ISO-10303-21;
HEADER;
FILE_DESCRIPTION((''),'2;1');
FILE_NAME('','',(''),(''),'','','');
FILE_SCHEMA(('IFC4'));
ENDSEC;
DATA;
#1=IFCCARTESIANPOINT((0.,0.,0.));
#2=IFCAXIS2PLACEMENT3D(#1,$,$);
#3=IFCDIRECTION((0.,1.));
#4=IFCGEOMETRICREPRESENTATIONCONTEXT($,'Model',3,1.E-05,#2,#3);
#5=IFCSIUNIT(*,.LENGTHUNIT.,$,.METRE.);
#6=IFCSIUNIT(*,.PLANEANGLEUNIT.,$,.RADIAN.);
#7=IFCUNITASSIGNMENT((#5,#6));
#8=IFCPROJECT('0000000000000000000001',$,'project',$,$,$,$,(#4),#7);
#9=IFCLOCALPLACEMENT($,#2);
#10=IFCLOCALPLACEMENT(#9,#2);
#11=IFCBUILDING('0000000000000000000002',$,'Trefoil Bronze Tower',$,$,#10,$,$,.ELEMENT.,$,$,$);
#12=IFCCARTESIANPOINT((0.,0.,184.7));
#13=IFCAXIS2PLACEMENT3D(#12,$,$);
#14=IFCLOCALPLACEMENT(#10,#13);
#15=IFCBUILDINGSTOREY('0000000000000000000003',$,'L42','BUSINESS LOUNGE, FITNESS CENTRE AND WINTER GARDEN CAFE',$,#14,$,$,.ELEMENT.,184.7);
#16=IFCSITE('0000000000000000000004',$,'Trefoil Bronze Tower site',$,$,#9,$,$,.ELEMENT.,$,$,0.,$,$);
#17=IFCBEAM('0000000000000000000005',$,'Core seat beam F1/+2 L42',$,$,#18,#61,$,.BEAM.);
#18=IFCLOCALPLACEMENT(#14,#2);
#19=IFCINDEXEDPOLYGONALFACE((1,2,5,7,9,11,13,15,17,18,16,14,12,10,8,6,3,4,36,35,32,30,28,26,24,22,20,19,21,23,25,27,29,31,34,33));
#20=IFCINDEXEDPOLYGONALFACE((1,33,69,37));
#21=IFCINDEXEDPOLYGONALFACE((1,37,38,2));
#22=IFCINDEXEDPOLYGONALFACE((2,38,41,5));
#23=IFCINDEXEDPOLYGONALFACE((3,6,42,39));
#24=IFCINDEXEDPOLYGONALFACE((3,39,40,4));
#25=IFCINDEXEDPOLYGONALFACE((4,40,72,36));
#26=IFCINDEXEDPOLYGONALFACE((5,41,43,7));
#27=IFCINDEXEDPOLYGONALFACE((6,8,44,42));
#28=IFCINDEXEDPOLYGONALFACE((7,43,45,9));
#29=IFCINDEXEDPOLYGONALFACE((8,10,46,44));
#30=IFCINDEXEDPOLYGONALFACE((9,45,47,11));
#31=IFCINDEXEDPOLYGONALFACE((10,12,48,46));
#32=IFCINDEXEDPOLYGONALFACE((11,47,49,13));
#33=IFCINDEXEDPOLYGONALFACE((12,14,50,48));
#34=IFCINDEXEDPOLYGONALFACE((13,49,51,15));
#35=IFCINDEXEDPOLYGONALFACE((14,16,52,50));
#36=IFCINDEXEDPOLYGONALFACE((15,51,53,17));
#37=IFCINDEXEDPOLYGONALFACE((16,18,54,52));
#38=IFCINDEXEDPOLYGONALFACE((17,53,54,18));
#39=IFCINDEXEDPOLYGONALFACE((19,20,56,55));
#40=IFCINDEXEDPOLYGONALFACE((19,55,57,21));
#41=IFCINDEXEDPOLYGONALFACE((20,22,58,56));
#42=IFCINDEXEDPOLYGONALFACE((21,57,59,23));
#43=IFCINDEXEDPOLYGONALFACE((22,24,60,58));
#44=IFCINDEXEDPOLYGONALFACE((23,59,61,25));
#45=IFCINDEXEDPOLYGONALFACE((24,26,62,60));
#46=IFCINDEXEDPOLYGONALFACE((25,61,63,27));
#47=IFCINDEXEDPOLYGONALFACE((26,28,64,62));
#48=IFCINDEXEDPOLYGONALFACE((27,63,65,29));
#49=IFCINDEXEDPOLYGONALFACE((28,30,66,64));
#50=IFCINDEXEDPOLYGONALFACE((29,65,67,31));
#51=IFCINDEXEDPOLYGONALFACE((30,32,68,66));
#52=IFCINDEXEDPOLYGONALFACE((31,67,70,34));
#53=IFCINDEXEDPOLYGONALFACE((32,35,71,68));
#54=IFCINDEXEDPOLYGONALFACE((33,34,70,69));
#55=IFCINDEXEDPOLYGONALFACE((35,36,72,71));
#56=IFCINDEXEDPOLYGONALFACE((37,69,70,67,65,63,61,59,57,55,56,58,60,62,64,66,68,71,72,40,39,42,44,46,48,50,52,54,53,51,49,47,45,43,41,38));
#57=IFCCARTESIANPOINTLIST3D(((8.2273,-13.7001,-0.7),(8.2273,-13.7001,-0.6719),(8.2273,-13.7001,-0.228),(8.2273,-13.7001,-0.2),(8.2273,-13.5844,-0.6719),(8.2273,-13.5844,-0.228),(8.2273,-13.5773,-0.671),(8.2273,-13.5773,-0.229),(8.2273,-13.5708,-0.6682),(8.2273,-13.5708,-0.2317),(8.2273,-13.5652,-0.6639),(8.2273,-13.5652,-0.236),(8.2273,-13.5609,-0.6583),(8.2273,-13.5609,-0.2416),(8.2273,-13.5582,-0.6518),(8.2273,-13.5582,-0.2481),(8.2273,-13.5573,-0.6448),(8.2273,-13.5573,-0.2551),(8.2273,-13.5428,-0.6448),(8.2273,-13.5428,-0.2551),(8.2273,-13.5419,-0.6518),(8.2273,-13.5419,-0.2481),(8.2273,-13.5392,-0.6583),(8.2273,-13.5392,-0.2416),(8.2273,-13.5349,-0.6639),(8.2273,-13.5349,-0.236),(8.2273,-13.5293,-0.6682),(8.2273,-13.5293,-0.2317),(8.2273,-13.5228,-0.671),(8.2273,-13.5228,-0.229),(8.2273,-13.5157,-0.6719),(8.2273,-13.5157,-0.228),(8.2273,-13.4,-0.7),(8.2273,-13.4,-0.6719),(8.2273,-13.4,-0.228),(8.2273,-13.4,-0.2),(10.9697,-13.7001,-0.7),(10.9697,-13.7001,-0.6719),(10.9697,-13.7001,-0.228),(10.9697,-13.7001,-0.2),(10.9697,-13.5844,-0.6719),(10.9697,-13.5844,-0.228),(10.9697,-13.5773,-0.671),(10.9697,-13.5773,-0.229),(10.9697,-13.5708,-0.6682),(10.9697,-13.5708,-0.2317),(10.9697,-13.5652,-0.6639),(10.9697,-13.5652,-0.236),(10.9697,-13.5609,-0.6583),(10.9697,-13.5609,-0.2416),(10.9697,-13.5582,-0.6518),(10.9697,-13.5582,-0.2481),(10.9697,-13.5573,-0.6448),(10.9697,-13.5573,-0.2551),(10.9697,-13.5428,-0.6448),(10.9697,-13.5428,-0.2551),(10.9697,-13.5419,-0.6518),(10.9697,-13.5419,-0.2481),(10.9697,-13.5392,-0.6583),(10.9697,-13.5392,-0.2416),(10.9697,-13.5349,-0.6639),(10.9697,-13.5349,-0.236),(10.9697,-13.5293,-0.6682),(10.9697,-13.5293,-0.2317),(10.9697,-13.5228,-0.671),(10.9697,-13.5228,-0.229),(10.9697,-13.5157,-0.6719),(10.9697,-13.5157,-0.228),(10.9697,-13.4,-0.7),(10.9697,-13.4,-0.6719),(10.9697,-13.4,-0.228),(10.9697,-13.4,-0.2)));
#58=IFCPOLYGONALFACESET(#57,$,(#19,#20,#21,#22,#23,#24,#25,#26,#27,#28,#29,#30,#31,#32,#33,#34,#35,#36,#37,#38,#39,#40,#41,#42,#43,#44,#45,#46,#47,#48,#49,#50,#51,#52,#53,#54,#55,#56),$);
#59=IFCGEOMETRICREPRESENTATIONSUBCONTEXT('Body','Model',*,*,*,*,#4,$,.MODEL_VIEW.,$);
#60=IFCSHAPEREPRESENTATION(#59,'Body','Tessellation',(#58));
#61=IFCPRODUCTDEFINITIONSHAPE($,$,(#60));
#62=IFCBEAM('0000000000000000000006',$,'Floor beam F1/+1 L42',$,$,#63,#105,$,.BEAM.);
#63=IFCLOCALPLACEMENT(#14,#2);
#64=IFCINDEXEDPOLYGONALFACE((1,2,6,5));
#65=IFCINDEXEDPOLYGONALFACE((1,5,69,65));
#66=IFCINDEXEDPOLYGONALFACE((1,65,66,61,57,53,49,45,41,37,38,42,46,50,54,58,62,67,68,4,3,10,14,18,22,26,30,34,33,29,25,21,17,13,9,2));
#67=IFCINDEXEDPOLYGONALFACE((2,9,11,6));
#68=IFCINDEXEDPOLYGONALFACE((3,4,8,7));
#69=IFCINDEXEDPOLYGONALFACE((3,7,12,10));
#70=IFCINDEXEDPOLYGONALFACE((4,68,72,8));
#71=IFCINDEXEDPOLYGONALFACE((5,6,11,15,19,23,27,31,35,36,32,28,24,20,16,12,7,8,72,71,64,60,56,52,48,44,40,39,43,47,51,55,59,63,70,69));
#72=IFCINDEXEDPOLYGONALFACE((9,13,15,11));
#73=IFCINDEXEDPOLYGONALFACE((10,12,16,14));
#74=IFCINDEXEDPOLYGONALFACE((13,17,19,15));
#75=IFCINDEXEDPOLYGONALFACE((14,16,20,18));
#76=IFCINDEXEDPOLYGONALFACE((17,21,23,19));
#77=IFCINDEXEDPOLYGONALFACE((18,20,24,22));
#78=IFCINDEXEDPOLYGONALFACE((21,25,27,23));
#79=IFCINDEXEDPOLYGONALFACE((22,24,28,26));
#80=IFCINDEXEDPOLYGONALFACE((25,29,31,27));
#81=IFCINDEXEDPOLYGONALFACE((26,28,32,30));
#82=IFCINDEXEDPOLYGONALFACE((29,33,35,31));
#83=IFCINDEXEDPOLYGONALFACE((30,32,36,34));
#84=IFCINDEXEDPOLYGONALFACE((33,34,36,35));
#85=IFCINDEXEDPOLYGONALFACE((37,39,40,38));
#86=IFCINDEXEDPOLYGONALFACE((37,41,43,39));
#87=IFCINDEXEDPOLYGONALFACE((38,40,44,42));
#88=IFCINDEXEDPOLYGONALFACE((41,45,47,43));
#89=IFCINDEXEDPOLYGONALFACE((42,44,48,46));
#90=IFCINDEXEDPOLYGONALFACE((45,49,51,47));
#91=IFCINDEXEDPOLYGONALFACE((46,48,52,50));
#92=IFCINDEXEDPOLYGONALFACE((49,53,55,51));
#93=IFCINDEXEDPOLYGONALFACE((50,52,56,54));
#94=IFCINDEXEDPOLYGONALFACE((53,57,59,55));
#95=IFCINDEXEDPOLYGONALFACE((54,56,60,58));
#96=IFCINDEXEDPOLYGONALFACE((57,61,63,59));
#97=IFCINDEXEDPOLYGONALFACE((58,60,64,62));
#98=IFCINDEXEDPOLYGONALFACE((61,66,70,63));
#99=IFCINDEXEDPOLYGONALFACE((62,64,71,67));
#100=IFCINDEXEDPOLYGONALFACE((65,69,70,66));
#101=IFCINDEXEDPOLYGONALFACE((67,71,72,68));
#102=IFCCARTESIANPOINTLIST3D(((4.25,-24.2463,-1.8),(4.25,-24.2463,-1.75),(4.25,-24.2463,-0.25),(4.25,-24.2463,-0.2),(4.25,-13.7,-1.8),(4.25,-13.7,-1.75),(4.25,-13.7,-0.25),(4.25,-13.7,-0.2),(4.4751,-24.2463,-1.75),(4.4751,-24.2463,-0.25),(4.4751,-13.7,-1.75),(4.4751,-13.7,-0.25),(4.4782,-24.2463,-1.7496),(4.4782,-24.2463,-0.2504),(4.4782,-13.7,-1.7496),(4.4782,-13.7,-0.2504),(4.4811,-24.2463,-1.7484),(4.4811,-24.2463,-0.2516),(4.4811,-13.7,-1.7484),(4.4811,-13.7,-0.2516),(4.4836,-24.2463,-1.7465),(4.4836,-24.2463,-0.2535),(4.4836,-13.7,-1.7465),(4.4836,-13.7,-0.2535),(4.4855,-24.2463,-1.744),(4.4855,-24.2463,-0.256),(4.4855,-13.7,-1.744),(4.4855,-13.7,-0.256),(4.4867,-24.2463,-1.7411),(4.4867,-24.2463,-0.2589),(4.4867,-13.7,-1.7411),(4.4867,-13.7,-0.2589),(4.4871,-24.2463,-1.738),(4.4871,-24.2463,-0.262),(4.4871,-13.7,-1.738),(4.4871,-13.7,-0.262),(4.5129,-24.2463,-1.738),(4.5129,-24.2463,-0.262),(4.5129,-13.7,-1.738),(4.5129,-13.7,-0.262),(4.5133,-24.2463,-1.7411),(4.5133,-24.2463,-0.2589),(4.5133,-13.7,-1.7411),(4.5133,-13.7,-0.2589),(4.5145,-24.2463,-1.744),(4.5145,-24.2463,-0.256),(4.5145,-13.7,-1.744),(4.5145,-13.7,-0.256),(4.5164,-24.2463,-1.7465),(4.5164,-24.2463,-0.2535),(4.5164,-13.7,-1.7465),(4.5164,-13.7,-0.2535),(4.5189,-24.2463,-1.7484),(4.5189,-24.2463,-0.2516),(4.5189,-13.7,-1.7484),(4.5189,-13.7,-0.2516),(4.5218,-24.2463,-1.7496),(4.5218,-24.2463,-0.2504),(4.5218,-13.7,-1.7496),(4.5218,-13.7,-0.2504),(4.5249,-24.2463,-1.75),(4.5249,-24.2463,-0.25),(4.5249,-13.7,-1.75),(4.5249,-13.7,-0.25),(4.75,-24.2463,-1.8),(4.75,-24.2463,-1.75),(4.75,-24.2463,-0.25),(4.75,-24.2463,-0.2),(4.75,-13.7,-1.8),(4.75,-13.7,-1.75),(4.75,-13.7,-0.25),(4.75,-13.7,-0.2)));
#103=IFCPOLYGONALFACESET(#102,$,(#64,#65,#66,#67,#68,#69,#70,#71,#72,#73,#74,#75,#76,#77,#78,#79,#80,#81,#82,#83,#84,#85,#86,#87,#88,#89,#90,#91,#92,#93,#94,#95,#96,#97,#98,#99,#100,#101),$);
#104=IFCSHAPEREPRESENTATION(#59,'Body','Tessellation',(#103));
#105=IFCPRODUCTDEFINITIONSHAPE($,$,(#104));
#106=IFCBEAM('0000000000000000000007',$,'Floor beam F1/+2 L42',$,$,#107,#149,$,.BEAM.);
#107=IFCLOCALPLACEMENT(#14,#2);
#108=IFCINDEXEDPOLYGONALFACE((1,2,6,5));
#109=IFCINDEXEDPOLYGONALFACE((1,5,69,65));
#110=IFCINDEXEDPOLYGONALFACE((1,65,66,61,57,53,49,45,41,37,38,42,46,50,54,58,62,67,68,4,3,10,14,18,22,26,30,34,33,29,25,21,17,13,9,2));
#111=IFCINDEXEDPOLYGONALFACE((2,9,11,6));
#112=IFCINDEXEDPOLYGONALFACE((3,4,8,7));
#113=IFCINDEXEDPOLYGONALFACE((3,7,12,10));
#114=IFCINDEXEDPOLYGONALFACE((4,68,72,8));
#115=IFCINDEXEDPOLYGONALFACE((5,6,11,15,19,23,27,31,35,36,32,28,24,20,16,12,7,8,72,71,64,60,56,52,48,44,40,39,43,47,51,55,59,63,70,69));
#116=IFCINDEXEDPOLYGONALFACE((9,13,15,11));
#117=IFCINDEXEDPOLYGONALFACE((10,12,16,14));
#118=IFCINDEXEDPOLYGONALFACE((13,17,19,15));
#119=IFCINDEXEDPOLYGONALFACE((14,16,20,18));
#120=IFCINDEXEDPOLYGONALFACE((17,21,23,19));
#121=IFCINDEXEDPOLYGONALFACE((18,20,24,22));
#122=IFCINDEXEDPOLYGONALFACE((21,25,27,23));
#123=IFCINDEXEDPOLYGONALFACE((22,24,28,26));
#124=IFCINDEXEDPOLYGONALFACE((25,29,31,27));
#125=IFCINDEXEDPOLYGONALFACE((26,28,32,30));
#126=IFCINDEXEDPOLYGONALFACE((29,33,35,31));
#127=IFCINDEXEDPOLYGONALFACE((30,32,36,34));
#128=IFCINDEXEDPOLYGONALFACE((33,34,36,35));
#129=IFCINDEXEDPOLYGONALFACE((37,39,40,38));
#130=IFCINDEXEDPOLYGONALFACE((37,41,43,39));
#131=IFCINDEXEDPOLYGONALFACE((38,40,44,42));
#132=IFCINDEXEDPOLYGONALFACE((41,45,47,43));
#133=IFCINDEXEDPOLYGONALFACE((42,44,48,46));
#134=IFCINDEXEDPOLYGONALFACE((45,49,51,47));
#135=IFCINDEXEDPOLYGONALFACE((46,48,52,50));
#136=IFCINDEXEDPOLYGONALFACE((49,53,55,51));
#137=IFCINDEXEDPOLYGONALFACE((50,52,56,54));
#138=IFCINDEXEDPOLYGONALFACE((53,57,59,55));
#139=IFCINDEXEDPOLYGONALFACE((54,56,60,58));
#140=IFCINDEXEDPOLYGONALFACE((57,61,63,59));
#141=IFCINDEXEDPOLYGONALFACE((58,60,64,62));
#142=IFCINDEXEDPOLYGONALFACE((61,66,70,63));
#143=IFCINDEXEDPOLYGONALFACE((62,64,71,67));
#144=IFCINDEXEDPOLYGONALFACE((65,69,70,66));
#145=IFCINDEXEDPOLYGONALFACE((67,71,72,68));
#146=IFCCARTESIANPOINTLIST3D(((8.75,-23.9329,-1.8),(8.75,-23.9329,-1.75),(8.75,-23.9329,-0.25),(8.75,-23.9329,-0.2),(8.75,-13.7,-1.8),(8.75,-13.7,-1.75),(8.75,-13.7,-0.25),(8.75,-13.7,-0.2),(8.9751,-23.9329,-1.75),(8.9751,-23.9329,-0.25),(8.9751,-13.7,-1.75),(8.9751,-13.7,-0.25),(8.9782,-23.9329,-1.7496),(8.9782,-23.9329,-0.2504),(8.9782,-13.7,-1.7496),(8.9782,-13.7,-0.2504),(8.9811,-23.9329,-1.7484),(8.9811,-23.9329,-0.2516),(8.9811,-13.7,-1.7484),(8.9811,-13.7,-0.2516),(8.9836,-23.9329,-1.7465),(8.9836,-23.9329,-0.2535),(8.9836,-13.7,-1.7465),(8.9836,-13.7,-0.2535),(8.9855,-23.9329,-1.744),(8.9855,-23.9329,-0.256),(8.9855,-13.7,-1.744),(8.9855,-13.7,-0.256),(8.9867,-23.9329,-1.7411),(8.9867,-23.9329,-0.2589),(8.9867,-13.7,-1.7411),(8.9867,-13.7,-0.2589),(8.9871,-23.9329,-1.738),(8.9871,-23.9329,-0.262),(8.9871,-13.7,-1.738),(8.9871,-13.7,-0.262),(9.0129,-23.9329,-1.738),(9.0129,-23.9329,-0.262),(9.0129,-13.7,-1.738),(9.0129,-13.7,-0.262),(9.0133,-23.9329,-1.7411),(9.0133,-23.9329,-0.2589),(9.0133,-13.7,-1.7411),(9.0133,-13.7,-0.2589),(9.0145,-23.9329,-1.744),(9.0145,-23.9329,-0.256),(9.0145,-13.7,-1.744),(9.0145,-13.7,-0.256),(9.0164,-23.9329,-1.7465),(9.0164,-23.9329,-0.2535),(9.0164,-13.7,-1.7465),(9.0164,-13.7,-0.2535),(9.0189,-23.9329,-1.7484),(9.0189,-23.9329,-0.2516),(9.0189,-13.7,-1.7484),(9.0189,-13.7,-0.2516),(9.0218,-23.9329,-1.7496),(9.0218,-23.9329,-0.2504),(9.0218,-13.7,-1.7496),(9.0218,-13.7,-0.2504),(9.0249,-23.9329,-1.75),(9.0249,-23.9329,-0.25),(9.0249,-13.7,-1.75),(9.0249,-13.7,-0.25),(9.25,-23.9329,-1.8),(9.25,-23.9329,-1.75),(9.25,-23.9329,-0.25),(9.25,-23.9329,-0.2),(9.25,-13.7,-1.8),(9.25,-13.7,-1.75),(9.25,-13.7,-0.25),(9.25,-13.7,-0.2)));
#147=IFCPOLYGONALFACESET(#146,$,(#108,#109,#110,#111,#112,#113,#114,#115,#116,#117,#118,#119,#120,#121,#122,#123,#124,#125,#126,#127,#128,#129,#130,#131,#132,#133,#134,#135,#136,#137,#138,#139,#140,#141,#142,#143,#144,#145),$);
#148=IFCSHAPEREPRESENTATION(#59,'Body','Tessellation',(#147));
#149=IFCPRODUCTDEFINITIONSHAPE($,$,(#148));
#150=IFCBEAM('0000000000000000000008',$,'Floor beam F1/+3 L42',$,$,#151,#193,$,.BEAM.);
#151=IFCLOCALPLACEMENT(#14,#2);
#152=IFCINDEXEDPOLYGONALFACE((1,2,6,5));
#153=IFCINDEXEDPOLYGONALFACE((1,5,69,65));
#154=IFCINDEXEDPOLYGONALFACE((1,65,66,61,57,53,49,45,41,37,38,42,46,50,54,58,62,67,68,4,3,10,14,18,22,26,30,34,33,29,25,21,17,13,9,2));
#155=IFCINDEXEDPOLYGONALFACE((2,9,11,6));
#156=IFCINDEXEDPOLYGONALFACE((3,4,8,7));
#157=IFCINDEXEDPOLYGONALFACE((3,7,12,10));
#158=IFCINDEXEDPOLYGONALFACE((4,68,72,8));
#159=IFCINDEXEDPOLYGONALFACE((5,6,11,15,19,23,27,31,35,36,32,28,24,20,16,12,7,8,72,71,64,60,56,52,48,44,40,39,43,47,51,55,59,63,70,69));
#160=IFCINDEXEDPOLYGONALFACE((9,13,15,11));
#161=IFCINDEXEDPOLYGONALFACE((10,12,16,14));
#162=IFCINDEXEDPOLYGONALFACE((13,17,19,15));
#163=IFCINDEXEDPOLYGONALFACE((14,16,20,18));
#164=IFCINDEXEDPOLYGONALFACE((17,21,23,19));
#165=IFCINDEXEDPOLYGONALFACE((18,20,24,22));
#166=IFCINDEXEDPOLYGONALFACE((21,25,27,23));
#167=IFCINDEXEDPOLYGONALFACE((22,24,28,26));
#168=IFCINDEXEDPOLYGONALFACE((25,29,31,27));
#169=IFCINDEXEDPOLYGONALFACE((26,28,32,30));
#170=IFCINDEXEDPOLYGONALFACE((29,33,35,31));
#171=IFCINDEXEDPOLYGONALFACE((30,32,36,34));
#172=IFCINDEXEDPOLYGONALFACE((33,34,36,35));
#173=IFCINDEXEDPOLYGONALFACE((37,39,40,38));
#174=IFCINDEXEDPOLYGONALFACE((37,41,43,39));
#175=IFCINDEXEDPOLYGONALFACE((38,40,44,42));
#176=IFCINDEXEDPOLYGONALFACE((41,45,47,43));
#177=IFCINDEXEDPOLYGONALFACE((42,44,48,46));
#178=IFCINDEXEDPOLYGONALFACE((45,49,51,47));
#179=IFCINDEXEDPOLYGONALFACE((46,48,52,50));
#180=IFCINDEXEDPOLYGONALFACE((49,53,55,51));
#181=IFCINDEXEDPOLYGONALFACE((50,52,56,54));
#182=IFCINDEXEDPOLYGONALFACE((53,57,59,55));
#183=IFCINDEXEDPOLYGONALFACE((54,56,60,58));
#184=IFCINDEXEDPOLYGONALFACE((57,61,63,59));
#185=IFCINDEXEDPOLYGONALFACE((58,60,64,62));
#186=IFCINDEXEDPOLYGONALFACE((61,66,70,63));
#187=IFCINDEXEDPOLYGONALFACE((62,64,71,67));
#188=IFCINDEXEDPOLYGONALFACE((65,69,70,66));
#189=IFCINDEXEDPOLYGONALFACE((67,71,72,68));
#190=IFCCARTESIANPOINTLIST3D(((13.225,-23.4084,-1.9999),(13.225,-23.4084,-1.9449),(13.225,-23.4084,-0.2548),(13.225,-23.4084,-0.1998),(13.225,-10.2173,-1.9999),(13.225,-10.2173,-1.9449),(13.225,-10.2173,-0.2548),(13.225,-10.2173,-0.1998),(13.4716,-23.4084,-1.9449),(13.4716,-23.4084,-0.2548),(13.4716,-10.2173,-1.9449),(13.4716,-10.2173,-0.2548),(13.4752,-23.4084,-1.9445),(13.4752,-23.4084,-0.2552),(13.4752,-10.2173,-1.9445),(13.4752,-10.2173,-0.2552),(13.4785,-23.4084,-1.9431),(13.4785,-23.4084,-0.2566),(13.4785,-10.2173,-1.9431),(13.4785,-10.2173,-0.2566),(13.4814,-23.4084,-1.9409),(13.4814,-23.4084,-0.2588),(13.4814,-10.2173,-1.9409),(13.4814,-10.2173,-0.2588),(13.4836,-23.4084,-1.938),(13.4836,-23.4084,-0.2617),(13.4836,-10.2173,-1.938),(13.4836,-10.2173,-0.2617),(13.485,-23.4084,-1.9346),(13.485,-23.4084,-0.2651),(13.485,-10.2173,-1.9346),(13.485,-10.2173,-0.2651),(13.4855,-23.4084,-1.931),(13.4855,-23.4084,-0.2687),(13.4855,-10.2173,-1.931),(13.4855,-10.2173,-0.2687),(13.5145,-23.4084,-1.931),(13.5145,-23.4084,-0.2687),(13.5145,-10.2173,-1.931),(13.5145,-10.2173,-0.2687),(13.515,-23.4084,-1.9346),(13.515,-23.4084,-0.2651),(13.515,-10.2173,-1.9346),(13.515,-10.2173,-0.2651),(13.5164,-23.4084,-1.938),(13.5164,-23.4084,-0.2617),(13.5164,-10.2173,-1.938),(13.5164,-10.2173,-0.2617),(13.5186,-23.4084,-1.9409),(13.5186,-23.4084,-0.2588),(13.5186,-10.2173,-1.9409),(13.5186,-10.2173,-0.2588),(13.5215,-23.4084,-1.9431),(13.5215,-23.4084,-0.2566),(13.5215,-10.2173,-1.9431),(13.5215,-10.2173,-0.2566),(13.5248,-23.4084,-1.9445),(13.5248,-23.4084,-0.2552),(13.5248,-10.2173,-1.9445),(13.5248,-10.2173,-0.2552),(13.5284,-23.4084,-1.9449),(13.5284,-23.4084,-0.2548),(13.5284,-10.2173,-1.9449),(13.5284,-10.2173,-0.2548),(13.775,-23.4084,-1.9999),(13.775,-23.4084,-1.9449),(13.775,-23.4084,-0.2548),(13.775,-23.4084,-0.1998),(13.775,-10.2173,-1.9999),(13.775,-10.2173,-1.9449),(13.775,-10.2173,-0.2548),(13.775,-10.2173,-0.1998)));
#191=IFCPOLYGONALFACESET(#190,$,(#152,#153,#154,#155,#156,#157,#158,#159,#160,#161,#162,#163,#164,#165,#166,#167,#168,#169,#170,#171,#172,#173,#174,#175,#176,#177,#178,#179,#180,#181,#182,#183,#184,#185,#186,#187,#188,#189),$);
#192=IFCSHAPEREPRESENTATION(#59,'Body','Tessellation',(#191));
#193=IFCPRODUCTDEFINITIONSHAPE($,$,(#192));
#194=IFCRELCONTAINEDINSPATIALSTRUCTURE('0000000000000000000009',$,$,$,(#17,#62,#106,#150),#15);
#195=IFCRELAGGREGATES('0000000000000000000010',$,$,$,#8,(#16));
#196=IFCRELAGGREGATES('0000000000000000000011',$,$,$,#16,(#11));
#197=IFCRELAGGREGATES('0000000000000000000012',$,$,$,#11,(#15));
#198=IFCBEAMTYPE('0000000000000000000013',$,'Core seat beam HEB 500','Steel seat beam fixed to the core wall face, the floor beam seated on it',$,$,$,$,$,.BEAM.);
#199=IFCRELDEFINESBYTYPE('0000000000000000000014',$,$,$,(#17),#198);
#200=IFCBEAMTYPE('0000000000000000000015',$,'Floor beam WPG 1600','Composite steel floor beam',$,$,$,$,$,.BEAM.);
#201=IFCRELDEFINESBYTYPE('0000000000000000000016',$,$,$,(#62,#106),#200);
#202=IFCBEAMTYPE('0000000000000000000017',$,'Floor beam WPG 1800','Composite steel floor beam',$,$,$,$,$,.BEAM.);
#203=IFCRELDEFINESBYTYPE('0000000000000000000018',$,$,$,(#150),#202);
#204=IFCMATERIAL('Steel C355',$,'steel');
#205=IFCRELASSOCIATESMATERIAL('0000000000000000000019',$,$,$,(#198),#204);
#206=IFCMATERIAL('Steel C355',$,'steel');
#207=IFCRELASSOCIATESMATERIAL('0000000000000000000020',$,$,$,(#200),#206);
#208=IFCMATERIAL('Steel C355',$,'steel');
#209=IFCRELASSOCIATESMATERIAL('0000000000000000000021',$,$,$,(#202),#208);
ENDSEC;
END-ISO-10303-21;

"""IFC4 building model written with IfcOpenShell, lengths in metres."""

from ifc_helpers import new_model, si_unit, direction, frame, origin, origin_2d, place, context, subcontext, project, spatial, i_section, extrude, material, material_profile, profile_set, type_object, element, save


model = new_model("IFC4")

# Units and contexts
model_context = context("Model", 3, precision=1e-05, world=origin(), true_north=direction((0.0, 1.0)))
body_context = subcontext(model_context, "Body", "Model", "MODEL_VIEW")
ifc_project = project(units=[si_unit("LENGTHUNIT", "METRE"), si_unit("PLANEANGLEUNIT", "RADIAN")], contexts=[model_context])

# Site, building, storey
site_placement = place(None, origin())
site = spatial("IfcSite", under=ifc_project, at=site_placement, Name="Trefoil Bronze Tower site", CompositionType="ELEMENT", RefElevation=0.0)
building_placement = place(site_placement, origin())
building = spatial("IfcBuilding", under=site, at=building_placement, Name="Trefoil Bronze Tower", CompositionType="ELEMENT")
storey_placement = place(building_placement, frame((0.0, 0.0, 184.7)))
storey = spatial("IfcBuildingStorey", under=building, at=storey_placement, Name="L42", Description="BUSINESS LOUNGE, FITNESS CENTRE AND WINTER GARDEN CAFE", CompositionType="ELEMENT", Elevation=184.7)

# Beams
ifc_material_1 = material(Name="Steel C355", Category="steel")
ifc_material_profile_1 = material_profile(ifc_material_1, i_section(OverallWidth=0.3, OverallDepth=0.5, WebThickness=0.0144, FlangeThickness=0.0281, FilletRadius=0.0271, at=origin_2d()), Name="HEB 500")
ifc_profile_set_1 = profile_set([ifc_material_profile_1], Name="Steel C355")
beam_type_1 = type_object("IfcBeamType", Name="Core seat beam HEB 500", Description="Steel seat beam fixed to the core wall face, the floor beam seated on it", PredefinedType="BEAM", material=ifc_profile_set_1)
for number, where, z_axis, x_axis, name in (
    (1, (8.2273, -13.55, -0.45), (1.0, 0.0, 0.0), (0.0, 1.0, 0.0), "Core seat beam F1/+2 L42"),
):
    element("IfcBeam", number, at=place(storey_placement, frame(where, z_axis=z_axis, x_axis=x_axis)), inside=storey, type_object=beam_type_1, Name=name, PredefinedType="BEAM", context=body_context, shape_type="SweptSolid", body=[
        extrude(i_section(OverallWidth=0.3, OverallDepth=0.5, WebThickness=0.0144, FlangeThickness=0.0281, FilletRadius=0.0271, at=origin_2d()), origin(), (0.0, 0.0, 1.0), 2.7424),
    ])
ifc_material_2 = material(Name="Steel C355", Category="steel")
ifc_material_profile_2 = material_profile(ifc_material_2, i_section(OverallWidth=0.5, OverallDepth=1.6001, WebThickness=0.0259, FlangeThickness=0.05, FilletRadius=0.012, at=origin_2d()), Name="WPG 1600")
ifc_profile_set_2 = profile_set([ifc_material_profile_2], Name="Steel C355")
beam_type_2 = type_object("IfcBeamType", Name="Floor beam WPG 1600", Description="Composite steel floor beam", PredefinedType="BEAM", material=ifc_profile_set_2)
beam_1_placement = place(storey_placement, frame((4.5, -24.2463, -1.0), z_axis=(0.0, 1.0, 0.0), x_axis=(-1.0, 0.0, 0.0)))
element("IfcBeam", 2, at=beam_1_placement, inside=storey, type_object=beam_type_2, Name="Floor beam F1/+1 L42", PredefinedType="BEAM", context=body_context, shape_type="SweptSolid", body=[
    extrude(i_section(OverallWidth=0.5, OverallDepth=1.6001, WebThickness=0.0259, FlangeThickness=0.05, FilletRadius=0.012, at=origin_2d()), origin(), (0.0, 0.0, 1.0), 10.5464),
])
beam_2_placement = place(storey_placement, frame((9.0, -23.9329, -1.0), z_axis=(0.0, 1.0, 0.0), x_axis=(-1.0, 0.0, 0.0)))
element("IfcBeam", 3, at=beam_2_placement, inside=storey, type_object=beam_type_2, Name="Floor beam F1/+2 L42", PredefinedType="BEAM", context=body_context, shape_type="SweptSolid", body=[
    extrude(i_section(OverallWidth=0.5, OverallDepth=1.6001, WebThickness=0.0259, FlangeThickness=0.05, FilletRadius=0.012, at=origin_2d()), origin(), (0.0, 0.0, 1.0), 10.2329),
])
ifc_material_3 = material(Name="Steel C355", Category="steel")
ifc_material_profile_3 = material_profile(ifc_material_3, i_section(OverallWidth=0.55, OverallDepth=1.8, WebThickness=0.0291, FlangeThickness=0.0549, FilletRadius=0.0139, at=origin_2d()), Name="WPG 1800")
ifc_profile_set_3 = profile_set([ifc_material_profile_3], Name="Steel C355")
beam_type_3 = type_object("IfcBeamType", Name="Floor beam WPG 1800", Description="Composite steel floor beam", PredefinedType="BEAM", material=ifc_profile_set_3)
beam_3_placement = place(storey_placement, frame((13.5, -23.4084, -1.0999), z_axis=(0.0, 1.0, 0.0), x_axis=(-1.0, 0.0, 0.0)))
element("IfcBeam", 4, at=beam_3_placement, inside=storey, type_object=beam_type_3, Name="Floor beam F1/+3 L42", PredefinedType="BEAM", context=body_context, shape_type="SweptSolid", body=[
    extrude(i_section(OverallWidth=0.55, OverallDepth=1.8, WebThickness=0.0291, FlangeThickness=0.0549, FilletRadius=0.0139, at=origin_2d()), origin(), (0.0, 0.0, 1.0), 13.1912),
])

save(model, "model.ifc")
